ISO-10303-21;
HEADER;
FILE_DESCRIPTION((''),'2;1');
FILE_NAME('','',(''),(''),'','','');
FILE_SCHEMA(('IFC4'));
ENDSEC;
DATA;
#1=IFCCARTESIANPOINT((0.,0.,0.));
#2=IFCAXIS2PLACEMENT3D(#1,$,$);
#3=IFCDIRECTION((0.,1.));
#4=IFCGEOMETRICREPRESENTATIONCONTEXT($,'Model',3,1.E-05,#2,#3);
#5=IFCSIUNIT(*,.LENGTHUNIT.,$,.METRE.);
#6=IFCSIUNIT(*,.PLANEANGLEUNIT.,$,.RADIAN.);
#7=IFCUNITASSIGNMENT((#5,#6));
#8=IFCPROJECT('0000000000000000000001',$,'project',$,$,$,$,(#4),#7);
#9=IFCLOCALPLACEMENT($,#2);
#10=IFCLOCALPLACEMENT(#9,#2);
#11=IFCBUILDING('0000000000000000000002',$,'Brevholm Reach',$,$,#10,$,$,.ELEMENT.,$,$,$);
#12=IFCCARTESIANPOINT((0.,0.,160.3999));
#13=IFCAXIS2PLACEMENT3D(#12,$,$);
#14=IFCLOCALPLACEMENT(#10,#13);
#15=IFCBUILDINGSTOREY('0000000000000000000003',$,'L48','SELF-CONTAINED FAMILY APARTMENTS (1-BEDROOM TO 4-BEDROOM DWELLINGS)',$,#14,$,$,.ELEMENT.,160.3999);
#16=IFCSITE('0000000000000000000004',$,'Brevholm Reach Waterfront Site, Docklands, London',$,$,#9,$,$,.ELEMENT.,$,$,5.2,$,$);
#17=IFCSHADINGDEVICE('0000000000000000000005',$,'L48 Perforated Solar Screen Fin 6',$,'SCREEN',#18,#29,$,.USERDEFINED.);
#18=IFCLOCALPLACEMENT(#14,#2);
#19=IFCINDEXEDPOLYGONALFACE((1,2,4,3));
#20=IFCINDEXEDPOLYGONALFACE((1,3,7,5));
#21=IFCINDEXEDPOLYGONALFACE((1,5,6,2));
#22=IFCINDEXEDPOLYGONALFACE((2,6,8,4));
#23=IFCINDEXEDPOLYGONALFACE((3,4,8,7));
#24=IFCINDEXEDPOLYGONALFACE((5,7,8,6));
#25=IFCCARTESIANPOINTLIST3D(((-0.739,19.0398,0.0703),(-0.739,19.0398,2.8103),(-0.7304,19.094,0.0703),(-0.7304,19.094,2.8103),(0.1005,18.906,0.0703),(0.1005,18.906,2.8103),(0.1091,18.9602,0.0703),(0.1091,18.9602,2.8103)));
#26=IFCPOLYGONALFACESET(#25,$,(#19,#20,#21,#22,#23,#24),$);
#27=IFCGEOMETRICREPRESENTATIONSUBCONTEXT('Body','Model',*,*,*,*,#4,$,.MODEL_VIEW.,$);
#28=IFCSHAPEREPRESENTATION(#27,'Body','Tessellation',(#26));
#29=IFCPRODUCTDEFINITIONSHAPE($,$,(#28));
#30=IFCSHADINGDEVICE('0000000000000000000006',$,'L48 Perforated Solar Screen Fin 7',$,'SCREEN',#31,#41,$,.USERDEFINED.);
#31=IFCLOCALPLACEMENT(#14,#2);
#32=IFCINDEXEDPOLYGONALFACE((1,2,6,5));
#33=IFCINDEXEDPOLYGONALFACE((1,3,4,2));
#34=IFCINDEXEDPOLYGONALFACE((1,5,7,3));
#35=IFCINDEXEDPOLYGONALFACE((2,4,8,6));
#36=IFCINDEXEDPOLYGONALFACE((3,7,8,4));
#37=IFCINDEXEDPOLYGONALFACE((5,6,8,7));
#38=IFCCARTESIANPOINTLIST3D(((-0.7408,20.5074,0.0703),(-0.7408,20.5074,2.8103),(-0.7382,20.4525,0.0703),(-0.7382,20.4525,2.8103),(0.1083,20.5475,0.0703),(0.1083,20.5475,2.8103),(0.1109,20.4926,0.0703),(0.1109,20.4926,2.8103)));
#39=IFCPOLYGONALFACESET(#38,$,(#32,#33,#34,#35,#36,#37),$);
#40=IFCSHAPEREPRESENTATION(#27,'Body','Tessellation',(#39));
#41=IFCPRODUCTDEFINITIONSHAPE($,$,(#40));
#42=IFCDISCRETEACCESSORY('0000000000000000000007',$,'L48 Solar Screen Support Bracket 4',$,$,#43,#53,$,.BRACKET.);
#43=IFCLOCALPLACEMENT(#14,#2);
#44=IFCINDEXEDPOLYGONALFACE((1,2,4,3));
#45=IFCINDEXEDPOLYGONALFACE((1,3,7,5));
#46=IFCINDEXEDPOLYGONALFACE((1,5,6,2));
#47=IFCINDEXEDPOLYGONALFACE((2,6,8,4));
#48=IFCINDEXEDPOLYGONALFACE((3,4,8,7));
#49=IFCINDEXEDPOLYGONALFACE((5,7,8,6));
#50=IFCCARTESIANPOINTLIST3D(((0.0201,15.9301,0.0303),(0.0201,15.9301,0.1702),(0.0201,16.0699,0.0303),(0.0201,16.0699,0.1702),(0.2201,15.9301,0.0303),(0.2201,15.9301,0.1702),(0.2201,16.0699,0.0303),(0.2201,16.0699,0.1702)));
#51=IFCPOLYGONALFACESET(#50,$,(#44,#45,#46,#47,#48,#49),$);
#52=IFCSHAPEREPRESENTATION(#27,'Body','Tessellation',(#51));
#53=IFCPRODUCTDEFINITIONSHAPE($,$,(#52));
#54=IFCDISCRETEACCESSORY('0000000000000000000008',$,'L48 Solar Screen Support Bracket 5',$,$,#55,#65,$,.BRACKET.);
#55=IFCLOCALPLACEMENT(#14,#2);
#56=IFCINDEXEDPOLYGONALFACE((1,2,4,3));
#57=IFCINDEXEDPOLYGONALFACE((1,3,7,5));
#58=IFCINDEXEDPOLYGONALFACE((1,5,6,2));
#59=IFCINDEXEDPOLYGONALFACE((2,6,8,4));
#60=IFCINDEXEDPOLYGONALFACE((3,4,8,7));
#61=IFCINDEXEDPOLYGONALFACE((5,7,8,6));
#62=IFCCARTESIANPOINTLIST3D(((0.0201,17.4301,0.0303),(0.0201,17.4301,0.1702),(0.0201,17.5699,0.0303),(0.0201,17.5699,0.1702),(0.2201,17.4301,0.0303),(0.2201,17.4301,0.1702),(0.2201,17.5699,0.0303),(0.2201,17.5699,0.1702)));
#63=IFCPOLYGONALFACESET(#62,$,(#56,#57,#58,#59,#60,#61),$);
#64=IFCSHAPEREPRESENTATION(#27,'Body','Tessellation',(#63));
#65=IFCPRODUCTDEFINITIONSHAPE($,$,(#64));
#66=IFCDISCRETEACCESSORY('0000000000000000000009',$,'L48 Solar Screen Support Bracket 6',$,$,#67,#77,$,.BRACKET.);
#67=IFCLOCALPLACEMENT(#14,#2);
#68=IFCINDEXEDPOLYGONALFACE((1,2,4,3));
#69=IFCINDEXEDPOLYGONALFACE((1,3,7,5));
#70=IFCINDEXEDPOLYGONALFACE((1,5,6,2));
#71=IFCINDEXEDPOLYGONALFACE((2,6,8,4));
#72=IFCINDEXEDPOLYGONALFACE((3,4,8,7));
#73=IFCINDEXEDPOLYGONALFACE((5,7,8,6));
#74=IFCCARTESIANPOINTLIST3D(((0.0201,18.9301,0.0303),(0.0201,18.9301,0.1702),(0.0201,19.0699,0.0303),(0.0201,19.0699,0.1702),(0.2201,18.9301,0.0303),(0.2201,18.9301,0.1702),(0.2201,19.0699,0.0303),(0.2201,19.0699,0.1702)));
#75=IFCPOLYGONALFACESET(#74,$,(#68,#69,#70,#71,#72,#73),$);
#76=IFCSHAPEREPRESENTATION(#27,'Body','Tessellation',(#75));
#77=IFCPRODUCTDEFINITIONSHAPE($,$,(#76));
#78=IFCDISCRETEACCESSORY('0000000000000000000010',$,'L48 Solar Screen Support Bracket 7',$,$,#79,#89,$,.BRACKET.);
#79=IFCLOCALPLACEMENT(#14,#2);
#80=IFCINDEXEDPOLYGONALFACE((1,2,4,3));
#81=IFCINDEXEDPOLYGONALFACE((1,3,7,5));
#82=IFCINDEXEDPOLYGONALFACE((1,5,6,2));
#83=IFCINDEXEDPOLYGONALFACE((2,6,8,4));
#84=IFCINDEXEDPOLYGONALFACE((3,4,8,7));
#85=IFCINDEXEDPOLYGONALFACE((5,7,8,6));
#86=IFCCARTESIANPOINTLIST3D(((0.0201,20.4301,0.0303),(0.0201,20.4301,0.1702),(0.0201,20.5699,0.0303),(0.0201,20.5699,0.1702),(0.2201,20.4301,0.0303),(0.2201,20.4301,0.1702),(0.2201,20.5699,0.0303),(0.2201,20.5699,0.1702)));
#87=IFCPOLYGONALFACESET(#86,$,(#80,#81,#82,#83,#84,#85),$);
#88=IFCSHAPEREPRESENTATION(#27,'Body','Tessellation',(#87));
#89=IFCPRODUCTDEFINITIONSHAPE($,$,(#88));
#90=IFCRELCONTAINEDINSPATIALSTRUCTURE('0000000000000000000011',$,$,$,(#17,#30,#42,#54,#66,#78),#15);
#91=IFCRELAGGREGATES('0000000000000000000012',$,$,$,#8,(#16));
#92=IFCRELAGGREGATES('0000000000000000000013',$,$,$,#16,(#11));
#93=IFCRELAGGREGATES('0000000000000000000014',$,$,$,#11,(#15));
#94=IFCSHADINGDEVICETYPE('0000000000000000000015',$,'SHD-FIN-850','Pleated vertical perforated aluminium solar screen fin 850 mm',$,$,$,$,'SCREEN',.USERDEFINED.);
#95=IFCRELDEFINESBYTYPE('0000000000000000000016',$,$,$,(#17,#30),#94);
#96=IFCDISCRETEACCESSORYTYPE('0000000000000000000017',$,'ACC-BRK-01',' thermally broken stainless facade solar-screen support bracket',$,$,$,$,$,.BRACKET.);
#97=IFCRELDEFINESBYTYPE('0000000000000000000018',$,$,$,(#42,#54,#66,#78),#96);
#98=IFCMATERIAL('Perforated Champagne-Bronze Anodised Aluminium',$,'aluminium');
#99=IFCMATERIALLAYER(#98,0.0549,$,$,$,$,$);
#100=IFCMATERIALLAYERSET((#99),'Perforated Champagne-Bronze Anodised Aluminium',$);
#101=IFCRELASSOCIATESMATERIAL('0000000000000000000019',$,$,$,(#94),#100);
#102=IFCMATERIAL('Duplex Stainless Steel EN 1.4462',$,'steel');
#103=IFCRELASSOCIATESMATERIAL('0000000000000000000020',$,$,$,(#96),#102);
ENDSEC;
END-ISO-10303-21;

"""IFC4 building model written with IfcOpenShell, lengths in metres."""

from ifc_helpers import new_model, si_unit, direction, frame, origin, origin_2d, place, context, subcontext, project, spatial, rectangle, extrude, material, layer, layer_set, type_object, element, save


model = new_model("IFC4")

# Units and contexts
model_context = context("Model", 3, precision=1e-05, world=origin(), true_north=direction((0.0, 1.0)))
body_context = subcontext(model_context, "Body", "Model", "MODEL_VIEW")
ifc_project = project(units=[si_unit("LENGTHUNIT", "METRE"), si_unit("PLANEANGLEUNIT", "RADIAN")], contexts=[model_context])

# Site, building, storey
site_placement = place(None, origin())
site = spatial("IfcSite", under=ifc_project, at=site_placement, Name="Brevholm Reach Waterfront Site, Docklands, London", CompositionType="ELEMENT", RefElevation=5.2)
building_placement = place(site_placement, origin())
building = spatial("IfcBuilding", under=site, at=building_placement, Name="Brevholm Reach", CompositionType="ELEMENT")
storey_placement = place(building_placement, frame((0.0, 0.0, 160.3999)))
storey = spatial("IfcBuildingStorey", under=building, at=storey_placement, Name="L48", Description="SELF-CONTAINED FAMILY APARTMENTS (1-BEDROOM TO 4-BEDROOM DWELLINGS)", CompositionType="ELEMENT", Elevation=160.3999)

# Shading devices
ifc_material_1 = material(Name="Perforated Champagne-Bronze Anodised Aluminium", Category="aluminium")
ifc_layer_1 = layer(ifc_material_1, 0.0549)
ifc_layer_set_1 = layer_set([ifc_layer_1], Name="Perforated Champagne-Bronze Anodised Aluminium")
shading_device_type = type_object("IfcShadingDeviceType", Name="SHD-FIN-850", Description="Pleated vertical perforated aluminium solar screen fin 850 mm", ElementType="SCREEN", PredefinedType="USERDEFINED", material=ifc_layer_set_1)
for number, where, z_axis, x_axis, name in (
    (1, (-0.3149, 19.0, 0.0703), (0.0, 0.0, 1.0), (-0.987543, 0.157348, 0.0), "L48 Perforated Solar Screen Fin 6"),
    (2, (-0.3149, 20.5, 0.0703), (0.0, 0.0, 1.0), (-0.998886, -0.047194, 0.0), "L48 Perforated Solar Screen Fin 7"),
):
    element("IfcShadingDevice", number, at=place(storey_placement, frame(where, z_axis=z_axis, x_axis=x_axis)), inside=storey, type_object=shading_device_type, Name=name, ObjectType="SCREEN", PredefinedType="USERDEFINED", context=body_context, shape_type="SweptSolid", body=[
        extrude(rectangle(XDim=0.8501, YDim=0.0549, at=origin_2d()), origin(), (0.0, 0.0, 1.0), 2.74),
    ])

# Discrete accessories
ifc_material_2 = material(Name="Duplex Stainless Steel EN 1.4462", Category="steel")
discrete_accessory_type = type_object("IfcDiscreteAccessoryType", Name="ACC-BRK-01", Description=" thermally broken stainless facade solar-screen support bracket", PredefinedType="BRACKET", material=ifc_material_2)
for number, where, z_axis, x_axis, name in (
    (3, (0.1201, 16.0, 0.0303), (0.0, 0.0, 1.0), (-1.0, 0.0, 0.0), "L48 Solar Screen Support Bracket 4"),
    (4, (0.1201, 17.5, 0.0303), (0.0, 0.0, 1.0), (-1.0, 0.0, 0.0), "L48 Solar Screen Support Bracket 5"),
    (5, (0.1201, 19.0, 0.0303), (0.0, 0.0, 1.0), (-1.0, 0.0, 0.0), "L48 Solar Screen Support Bracket 6"),
    (6, (0.1201, 20.5, 0.0303), (0.0, 0.0, 1.0), (-1.0, 0.0, 0.0), "L48 Solar Screen Support Bracket 7"),
):
    element("IfcDiscreteAccessory", number, at=place(storey_placement, frame(where, z_axis=z_axis, x_axis=x_axis)), inside=storey, type_object=discrete_accessory_type, Name=name, PredefinedType="BRACKET", context=body_context, shape_type="SweptSolid", body=[
        extrude(rectangle(XDim=0.2, YDim=0.1399, at=origin_2d()), origin(), (0.0, 0.0, 1.0), 0.1399),
    ])

save(model, "model.ifc")
